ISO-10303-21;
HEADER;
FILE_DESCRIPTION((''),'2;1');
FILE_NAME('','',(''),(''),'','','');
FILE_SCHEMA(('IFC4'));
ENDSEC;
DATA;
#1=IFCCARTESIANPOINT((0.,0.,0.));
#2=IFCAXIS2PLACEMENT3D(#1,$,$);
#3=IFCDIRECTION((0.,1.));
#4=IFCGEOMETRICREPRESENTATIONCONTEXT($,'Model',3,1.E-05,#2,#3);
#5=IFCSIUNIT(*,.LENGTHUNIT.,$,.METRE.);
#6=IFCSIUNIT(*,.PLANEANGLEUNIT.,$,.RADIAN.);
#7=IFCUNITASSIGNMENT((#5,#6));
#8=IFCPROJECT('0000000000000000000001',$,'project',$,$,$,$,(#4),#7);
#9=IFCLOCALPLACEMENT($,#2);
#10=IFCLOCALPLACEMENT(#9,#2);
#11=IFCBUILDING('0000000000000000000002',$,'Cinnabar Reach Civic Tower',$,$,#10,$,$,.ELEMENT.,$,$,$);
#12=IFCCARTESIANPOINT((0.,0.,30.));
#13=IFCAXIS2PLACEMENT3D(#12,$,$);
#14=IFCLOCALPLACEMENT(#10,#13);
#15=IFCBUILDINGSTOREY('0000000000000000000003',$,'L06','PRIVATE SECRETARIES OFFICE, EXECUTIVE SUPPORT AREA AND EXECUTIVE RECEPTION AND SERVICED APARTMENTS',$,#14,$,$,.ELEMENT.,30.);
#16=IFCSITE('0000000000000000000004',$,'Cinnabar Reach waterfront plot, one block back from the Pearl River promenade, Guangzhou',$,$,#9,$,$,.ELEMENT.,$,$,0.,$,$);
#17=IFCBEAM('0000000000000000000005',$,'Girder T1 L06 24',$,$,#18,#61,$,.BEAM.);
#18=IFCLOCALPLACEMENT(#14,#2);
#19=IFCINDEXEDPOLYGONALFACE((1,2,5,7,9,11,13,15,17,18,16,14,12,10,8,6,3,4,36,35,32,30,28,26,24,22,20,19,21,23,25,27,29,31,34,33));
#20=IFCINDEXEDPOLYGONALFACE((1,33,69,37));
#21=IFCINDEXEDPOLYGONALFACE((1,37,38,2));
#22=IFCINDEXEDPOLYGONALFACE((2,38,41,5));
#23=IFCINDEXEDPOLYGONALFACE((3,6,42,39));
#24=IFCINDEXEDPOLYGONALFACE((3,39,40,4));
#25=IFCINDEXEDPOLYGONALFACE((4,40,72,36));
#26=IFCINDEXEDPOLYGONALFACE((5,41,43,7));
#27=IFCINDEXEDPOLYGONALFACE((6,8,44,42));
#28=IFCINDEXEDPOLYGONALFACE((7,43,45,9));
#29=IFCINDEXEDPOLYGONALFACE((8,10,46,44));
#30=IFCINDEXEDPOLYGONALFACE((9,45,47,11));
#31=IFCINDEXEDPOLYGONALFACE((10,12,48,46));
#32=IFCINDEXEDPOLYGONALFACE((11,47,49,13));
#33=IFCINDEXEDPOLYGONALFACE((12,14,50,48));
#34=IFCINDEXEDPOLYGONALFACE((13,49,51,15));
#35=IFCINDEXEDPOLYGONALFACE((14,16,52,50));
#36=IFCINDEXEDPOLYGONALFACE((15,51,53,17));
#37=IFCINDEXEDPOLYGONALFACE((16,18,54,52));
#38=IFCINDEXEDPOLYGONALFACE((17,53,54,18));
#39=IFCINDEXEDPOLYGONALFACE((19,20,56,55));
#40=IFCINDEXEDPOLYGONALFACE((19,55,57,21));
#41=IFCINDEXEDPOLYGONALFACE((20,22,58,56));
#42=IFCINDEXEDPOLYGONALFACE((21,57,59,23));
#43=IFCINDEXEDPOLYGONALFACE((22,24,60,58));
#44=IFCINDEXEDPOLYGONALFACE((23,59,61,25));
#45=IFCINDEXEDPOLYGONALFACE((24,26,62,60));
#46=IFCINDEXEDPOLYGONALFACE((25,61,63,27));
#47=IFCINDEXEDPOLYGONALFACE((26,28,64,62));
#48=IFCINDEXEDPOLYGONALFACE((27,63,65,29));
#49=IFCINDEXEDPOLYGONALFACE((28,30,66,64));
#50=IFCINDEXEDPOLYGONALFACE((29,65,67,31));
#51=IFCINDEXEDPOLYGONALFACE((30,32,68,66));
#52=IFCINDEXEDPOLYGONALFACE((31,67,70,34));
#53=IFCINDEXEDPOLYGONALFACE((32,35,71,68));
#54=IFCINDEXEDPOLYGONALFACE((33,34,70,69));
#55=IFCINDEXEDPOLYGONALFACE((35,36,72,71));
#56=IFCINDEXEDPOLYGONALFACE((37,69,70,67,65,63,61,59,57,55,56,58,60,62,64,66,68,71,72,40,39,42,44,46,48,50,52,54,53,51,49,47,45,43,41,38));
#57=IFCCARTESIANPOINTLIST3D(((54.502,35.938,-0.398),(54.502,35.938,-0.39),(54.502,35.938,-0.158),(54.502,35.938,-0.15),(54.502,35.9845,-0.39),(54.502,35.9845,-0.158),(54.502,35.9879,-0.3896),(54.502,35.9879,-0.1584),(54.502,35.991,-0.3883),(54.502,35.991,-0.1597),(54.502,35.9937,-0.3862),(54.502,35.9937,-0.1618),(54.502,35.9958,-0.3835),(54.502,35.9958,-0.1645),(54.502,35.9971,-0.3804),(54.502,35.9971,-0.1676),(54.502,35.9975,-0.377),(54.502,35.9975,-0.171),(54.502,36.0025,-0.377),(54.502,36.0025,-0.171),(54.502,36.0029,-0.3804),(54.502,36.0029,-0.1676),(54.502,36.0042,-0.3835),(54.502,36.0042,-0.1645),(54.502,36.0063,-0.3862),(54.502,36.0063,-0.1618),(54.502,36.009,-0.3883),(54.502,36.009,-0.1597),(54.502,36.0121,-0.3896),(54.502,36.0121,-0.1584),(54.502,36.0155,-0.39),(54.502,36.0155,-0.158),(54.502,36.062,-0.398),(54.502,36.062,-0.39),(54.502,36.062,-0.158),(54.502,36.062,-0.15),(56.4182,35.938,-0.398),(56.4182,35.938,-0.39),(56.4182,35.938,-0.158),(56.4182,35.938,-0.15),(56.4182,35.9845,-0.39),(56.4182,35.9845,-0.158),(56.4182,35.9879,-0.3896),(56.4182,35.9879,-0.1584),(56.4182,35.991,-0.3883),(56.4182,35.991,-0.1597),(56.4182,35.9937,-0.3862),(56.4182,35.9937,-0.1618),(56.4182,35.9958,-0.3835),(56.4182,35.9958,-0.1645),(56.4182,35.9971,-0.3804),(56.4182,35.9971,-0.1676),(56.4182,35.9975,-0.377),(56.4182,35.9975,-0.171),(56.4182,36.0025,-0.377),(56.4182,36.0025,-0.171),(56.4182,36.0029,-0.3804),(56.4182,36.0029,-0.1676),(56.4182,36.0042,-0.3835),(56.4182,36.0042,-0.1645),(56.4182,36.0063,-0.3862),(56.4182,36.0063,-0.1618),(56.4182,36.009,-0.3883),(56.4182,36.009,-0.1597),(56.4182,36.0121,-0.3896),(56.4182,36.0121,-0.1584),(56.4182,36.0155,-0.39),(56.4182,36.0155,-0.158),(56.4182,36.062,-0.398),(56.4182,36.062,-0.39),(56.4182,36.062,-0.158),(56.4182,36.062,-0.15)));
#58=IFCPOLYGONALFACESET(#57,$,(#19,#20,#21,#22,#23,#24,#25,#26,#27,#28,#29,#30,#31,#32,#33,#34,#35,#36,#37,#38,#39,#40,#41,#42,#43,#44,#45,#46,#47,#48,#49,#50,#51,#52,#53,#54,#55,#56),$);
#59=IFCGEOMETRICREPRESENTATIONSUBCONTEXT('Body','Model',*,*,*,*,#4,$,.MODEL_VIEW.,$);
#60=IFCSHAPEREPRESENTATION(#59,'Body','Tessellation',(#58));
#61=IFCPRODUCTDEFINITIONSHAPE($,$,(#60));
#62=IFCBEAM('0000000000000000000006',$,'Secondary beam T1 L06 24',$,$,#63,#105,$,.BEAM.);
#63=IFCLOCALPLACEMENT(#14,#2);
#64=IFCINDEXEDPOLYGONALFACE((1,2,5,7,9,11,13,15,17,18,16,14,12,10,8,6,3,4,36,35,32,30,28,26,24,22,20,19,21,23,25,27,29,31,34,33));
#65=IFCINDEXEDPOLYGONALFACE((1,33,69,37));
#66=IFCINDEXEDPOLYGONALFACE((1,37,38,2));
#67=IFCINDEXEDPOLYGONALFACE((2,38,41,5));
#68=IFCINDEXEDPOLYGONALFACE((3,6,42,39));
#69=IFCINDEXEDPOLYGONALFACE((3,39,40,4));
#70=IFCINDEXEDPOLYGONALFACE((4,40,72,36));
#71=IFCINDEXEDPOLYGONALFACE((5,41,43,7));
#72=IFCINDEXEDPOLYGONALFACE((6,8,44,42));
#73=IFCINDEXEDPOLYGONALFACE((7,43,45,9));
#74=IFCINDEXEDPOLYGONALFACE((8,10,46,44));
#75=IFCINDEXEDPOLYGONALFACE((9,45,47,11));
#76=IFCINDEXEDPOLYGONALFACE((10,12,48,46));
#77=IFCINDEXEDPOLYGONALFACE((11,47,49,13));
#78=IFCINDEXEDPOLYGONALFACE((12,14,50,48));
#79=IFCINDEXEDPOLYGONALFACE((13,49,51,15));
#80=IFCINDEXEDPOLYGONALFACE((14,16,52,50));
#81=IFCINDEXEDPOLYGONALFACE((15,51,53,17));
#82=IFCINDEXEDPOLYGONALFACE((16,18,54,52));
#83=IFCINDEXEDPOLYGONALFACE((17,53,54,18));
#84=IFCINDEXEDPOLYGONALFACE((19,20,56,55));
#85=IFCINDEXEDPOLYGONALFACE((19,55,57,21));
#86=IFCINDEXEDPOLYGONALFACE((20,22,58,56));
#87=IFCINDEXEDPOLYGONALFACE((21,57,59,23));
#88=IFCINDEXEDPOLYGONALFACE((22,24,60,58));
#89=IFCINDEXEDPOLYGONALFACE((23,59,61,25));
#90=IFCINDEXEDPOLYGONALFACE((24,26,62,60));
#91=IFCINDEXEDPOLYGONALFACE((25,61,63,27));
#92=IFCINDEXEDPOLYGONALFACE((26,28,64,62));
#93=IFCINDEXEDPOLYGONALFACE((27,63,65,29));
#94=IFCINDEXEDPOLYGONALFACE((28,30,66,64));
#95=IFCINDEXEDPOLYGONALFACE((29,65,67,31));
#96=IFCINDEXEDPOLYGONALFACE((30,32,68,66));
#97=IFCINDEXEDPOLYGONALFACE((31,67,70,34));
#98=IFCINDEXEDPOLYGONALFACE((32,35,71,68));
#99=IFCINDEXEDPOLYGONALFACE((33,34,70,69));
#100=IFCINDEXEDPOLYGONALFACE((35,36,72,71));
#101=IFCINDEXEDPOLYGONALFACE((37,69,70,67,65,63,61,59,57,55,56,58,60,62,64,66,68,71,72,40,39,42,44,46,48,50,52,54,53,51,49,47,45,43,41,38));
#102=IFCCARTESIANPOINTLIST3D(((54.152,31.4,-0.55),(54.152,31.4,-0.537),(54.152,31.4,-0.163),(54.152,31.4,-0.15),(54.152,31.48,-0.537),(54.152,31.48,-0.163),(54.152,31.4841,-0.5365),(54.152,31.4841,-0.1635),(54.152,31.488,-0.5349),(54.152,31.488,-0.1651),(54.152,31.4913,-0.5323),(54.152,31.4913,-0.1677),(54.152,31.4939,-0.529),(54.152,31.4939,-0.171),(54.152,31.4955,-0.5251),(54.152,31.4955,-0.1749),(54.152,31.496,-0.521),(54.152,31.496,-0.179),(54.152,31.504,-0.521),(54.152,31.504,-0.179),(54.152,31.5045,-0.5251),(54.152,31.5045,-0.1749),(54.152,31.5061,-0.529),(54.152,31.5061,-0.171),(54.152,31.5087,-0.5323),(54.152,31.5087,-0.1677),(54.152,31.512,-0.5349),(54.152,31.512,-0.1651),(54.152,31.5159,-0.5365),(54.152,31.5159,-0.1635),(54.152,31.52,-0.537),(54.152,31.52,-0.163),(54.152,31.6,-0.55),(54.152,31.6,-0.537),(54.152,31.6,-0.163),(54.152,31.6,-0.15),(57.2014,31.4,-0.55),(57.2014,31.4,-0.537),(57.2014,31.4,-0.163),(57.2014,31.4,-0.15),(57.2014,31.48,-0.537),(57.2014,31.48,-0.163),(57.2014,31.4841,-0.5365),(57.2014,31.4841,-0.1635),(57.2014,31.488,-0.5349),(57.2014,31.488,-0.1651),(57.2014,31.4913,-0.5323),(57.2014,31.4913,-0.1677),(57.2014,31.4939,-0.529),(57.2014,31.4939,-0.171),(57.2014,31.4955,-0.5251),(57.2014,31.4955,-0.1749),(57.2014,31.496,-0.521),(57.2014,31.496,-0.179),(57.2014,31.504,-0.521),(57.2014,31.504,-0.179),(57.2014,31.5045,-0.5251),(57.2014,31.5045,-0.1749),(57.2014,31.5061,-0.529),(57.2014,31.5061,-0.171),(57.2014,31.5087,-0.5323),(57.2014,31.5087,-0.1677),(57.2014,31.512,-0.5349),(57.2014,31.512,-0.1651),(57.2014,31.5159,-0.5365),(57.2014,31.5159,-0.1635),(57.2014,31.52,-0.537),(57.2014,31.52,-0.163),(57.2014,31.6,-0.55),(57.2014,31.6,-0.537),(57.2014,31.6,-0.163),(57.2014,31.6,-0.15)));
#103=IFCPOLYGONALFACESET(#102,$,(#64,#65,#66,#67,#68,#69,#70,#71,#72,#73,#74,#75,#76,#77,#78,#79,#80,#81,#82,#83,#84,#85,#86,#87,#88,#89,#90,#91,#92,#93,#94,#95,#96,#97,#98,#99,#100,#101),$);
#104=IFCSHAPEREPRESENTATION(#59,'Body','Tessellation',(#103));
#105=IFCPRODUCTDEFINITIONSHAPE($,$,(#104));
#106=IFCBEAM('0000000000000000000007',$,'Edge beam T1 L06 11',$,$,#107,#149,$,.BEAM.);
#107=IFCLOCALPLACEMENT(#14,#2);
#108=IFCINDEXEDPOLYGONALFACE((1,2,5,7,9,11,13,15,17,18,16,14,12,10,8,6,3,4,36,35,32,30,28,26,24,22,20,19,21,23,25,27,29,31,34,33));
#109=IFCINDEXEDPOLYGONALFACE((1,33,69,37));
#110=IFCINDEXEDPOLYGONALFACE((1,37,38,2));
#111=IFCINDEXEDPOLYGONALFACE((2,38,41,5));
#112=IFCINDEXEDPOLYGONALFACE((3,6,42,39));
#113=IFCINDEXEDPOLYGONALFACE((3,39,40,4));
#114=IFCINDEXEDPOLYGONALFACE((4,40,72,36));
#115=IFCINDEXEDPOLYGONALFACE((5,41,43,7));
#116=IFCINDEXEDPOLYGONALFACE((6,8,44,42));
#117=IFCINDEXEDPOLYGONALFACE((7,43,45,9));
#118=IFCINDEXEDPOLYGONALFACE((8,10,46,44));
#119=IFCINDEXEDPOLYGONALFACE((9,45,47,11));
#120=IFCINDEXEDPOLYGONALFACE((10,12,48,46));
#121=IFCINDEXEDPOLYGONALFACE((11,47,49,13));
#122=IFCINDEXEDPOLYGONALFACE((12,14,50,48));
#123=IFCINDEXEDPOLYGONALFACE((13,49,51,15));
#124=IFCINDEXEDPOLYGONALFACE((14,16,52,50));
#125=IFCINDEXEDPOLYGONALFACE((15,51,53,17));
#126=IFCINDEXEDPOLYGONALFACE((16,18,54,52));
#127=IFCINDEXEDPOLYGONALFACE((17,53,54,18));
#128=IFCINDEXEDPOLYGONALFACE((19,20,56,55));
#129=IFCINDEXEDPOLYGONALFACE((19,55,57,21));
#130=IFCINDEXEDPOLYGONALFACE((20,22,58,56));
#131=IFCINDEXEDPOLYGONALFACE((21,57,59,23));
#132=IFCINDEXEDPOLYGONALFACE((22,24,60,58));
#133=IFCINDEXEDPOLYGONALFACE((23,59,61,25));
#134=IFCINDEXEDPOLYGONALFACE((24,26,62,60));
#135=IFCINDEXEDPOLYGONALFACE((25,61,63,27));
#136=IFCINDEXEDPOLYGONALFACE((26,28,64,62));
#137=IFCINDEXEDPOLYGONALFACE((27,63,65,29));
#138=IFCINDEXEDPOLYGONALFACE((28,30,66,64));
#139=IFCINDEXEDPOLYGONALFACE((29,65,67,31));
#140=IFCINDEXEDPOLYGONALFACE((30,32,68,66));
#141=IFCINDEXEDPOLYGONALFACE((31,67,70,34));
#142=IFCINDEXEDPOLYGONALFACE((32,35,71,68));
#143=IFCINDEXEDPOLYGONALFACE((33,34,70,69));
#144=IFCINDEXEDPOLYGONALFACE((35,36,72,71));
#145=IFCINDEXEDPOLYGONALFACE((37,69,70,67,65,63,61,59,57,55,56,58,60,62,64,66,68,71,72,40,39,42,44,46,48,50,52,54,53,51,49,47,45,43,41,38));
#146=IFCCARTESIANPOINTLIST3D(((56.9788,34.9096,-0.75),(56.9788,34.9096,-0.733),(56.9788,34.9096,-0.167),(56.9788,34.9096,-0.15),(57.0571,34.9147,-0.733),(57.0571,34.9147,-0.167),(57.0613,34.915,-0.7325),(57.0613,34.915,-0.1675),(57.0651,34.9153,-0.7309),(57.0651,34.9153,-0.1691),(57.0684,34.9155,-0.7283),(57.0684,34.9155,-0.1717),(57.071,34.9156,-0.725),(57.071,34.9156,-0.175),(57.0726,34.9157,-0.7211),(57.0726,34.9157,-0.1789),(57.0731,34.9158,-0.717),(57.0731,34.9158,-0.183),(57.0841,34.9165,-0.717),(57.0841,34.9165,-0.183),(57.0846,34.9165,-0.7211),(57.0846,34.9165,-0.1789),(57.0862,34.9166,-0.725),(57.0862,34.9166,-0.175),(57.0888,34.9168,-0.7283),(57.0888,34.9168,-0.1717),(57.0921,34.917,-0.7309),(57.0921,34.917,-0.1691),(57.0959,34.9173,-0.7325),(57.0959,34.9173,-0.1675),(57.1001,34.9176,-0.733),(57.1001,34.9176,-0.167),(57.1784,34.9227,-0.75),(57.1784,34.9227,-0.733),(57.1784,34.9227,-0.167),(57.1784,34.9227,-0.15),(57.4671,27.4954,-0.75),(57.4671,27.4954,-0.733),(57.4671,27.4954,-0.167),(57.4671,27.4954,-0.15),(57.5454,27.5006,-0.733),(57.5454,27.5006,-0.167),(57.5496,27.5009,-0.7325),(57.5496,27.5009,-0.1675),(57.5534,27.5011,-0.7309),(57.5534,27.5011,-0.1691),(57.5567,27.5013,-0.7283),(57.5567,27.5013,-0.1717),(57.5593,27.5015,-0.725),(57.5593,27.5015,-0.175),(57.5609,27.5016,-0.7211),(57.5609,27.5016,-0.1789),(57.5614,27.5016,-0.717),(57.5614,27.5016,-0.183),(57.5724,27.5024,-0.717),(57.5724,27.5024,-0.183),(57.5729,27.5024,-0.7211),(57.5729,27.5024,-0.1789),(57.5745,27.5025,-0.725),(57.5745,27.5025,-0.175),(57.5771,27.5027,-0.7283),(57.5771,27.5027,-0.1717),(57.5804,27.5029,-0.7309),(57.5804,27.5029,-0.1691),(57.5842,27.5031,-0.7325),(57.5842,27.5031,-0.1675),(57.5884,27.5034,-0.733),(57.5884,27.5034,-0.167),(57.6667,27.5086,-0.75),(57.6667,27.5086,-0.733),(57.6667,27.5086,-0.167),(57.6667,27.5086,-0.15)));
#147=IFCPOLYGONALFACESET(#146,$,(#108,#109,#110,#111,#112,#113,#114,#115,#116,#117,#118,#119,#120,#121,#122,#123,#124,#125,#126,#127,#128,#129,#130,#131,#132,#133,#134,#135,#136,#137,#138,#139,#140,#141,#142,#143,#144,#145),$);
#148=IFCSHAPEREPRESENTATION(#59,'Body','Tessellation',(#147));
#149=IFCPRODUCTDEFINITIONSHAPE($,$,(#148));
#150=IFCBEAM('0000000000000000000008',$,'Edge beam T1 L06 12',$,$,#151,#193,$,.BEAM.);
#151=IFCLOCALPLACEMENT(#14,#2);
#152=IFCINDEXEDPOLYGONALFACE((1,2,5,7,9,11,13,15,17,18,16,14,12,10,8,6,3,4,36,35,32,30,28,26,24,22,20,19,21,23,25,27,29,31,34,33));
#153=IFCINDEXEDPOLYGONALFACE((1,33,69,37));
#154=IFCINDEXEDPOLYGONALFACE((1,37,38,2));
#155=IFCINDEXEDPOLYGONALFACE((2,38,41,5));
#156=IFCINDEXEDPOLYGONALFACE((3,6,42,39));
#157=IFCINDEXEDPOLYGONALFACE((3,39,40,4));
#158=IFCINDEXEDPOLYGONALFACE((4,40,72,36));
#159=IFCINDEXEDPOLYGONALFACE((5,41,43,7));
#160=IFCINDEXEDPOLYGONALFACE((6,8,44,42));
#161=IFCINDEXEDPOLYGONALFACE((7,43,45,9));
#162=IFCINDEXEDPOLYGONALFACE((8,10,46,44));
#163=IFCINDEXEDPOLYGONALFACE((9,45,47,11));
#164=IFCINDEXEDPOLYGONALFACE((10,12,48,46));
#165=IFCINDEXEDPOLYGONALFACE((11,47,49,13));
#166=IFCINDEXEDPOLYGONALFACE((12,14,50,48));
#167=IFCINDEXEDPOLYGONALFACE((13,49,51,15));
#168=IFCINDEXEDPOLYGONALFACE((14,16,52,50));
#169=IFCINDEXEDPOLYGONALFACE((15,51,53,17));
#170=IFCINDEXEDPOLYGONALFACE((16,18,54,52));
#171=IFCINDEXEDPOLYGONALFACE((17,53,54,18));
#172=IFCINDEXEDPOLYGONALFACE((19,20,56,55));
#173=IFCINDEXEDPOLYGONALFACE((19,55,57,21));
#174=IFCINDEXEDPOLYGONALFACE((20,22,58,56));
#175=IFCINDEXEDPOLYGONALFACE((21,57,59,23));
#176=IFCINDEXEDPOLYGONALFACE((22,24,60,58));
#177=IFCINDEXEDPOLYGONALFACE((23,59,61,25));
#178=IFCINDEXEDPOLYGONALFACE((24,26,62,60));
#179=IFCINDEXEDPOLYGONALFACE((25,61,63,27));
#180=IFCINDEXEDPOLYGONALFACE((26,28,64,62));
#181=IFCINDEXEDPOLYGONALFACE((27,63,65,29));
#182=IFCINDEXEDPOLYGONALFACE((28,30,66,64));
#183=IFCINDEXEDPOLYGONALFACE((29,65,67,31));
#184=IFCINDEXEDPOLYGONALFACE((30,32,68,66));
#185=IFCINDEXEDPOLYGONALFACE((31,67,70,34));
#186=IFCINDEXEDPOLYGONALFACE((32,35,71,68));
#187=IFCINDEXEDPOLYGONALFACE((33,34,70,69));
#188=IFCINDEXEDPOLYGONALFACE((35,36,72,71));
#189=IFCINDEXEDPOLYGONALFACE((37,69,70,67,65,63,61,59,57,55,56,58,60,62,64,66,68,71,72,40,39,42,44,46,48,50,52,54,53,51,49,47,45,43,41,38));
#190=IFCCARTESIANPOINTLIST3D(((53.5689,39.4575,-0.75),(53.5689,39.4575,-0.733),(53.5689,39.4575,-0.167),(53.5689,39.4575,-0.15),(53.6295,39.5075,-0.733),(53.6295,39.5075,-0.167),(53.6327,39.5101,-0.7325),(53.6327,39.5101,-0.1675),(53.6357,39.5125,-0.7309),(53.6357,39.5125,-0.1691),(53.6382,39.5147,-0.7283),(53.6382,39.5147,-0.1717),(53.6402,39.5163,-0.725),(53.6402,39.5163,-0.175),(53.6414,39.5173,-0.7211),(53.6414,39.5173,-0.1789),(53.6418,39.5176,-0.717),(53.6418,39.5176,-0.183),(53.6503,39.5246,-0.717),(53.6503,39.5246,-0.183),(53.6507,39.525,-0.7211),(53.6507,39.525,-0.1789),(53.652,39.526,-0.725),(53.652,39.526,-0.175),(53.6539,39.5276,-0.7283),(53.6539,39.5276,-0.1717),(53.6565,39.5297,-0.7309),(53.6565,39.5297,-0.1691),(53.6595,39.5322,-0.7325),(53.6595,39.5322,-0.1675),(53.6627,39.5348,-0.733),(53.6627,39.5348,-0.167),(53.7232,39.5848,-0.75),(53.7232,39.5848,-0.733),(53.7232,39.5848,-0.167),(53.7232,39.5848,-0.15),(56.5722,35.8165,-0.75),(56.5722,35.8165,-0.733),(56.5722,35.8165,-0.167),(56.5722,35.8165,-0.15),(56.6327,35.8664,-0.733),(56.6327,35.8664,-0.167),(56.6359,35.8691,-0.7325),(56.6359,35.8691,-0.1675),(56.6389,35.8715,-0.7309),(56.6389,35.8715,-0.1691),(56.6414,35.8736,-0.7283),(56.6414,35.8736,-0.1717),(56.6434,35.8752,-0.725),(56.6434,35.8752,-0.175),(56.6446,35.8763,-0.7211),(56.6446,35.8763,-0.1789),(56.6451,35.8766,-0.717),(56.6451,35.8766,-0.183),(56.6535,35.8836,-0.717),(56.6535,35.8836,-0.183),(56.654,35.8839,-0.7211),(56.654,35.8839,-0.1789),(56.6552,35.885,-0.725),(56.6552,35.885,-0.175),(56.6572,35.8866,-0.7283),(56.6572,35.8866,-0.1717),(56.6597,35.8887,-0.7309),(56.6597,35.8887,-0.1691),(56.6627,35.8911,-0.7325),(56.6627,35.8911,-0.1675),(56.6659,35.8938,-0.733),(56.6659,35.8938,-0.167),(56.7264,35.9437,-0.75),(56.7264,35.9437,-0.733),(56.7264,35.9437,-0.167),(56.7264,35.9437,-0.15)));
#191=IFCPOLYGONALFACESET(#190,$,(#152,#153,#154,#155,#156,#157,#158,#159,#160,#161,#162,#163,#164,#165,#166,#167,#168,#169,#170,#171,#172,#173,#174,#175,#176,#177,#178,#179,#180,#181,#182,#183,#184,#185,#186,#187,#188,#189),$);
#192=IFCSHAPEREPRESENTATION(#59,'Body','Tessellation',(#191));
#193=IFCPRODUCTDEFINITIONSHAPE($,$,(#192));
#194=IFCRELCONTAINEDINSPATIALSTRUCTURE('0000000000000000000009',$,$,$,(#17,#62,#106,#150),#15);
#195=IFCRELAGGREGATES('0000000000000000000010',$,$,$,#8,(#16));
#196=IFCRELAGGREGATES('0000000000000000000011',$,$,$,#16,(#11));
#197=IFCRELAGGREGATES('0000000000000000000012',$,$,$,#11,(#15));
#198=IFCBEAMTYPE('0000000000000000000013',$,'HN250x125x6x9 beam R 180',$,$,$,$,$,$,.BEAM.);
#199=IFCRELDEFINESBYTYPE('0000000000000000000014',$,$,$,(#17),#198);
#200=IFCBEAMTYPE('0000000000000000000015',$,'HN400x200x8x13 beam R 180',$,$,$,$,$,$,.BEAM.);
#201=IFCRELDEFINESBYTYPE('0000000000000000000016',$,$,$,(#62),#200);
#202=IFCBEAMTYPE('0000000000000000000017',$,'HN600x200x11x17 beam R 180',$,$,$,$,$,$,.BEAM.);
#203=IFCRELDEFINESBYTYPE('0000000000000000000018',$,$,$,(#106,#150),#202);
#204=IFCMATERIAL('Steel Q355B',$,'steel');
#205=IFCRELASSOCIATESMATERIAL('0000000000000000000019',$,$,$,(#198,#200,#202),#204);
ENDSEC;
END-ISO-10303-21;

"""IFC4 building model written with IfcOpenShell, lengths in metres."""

from ifc_helpers import new_model, si_unit, direction, frame, origin, origin_2d, place, context, subcontext, project, spatial, i_section, extrude, material, material_profile, profile_set, type_object, element, save


model = new_model("IFC4")

# Units and contexts
model_context = context("Model", 3, precision=1e-05, world=origin(), true_north=direction((0.0, 1.0)))
body_context = subcontext(model_context, "Body", "Model", "MODEL_VIEW")
ifc_project = project(units=[si_unit("LENGTHUNIT", "METRE"), si_unit("PLANEANGLEUNIT", "RADIAN")], contexts=[model_context])

# Site, building, storey
site_placement = place(None, origin())
site = spatial("IfcSite", under=ifc_project, at=site_placement, Name="Cinnabar Reach waterfront plot, one block back from the Pearl River promenade, Guangzhou", CompositionType="ELEMENT", RefElevation=0.0)
building_placement = place(site_placement, origin())
building = spatial("IfcBuilding", under=site, at=building_placement, Name="Cinnabar Reach Civic Tower", CompositionType="ELEMENT")
storey_placement = place(building_placement, frame((0.0, 0.0, 30.0)))
storey = spatial("IfcBuildingStorey", under=building, at=storey_placement, Name="L06", Description="PRIVATE SECRETARIES OFFICE, EXECUTIVE SUPPORT AREA AND EXECUTIVE RECEPTION AND SERVICED APARTMENTS", CompositionType="ELEMENT", Elevation=30.0)

# Beams
ifc_material_1 = material(Name="Steel Q355B", Category="steel")
ifc_material_profile_1 = material_profile(ifc_material_1, i_section(OverallWidth=0.124, OverallDepth=0.248, WebThickness=0.005, FlangeThickness=0.008, FilletRadius=0.013, at=origin_2d()), Name="HN250x125x6x9")
ifc_profile_set_1 = profile_set([ifc_material_profile_1], Name="Steel Q355B")
beam_type_1 = type_object("IfcBeamType", Name="HN250x125x6x9 beam R 180", PredefinedType="BEAM", material=ifc_profile_set_1)
beam_1_placement = place(storey_placement, frame((54.502, 36.0, -0.274), z_axis=(1.0, 0.0, 0.0), x_axis=(0.0, 1.0, 0.0)))
element("IfcBeam", 1, at=beam_1_placement, inside=storey, type_object=beam_type_1, Name="Girder T1 L06 24", PredefinedType="BEAM", context=body_context, shape_type="SweptSolid", body=[
    extrude(i_section(OverallWidth=0.124, OverallDepth=0.248, WebThickness=0.005, FlangeThickness=0.008, FilletRadius=0.013, at=origin_2d()), origin(), (0.0, 0.0, 1.0), 1.9162),
])
ifc_material_profile_2 = material_profile(ifc_material_1, i_section(OverallWidth=0.2, OverallDepth=0.4, WebThickness=0.008, FlangeThickness=0.013, FilletRadius=0.016, at=origin_2d()), Name="HN400x200x8x13")
ifc_profile_set_2 = profile_set([ifc_material_profile_2], Name="Steel Q355B")
beam_type_2 = type_object("IfcBeamType", Name="HN400x200x8x13 beam R 180", PredefinedType="BEAM", material=ifc_profile_set_2)
beam_2_placement = place(storey_placement, frame((54.152, 31.5, -0.35), z_axis=(1.0, 0.0, 0.0), x_axis=(0.0, 1.0, 0.0)))
element("IfcBeam", 2, at=beam_2_placement, inside=storey, type_object=beam_type_2, Name="Secondary beam T1 L06 24", PredefinedType="BEAM", context=body_context, shape_type="SweptSolid", body=[
    extrude(i_section(OverallWidth=0.2, OverallDepth=0.4, WebThickness=0.008, FlangeThickness=0.013, FilletRadius=0.016, at=origin_2d()), origin(), (0.0, 0.0, 1.0), 3.0494),
])
ifc_material_profile_3 = material_profile(ifc_material_1, i_section(OverallWidth=0.2, OverallDepth=0.6, WebThickness=0.011, FlangeThickness=0.017, FilletRadius=0.016, at=origin_2d()), Name="HN600x200x11x17")
ifc_profile_set_3 = profile_set([ifc_material_profile_3], Name="Steel Q355B")
beam_type_3 = type_object("IfcBeamType", Name="HN600x200x11x17 beam R 180", PredefinedType="BEAM", material=ifc_profile_set_3)
beam_3_placement = place(storey_placement, frame((57.5669, 27.502, -0.45), z_axis=(-0.065719, 0.997838, 0.0), x_axis=(-0.997838, -0.065719, 0.0)))
element("IfcBeam", 3, at=beam_3_placement, inside=storey, type_object=beam_type_3, Name="Edge beam T1 L06 11", PredefinedType="BEAM", context=body_context, shape_type="SweptSolid", body=[
    extrude(i_section(OverallWidth=0.2, OverallDepth=0.6, WebThickness=0.011, FlangeThickness=0.017, FilletRadius=0.016, at=origin_2d()), origin(), (0.0, 0.0, 1.0), 7.4302),
])
for number, where, z_axis, x_axis, name in (
    (4, (56.6493, 35.8801, -0.45), (-0.636304, 0.771438, 0.0), (-0.771438, -0.636304, 0.0), "Edge beam T1 L06 12"),
):
    element("IfcBeam", number, at=place(storey_placement, frame(where, z_axis=z_axis, x_axis=x_axis)), inside=storey, type_object=beam_type_3, Name=name, PredefinedType="BEAM", context=body_context, shape_type="SweptSolid", body=[
        extrude(i_section(OverallWidth=0.2, OverallDepth=0.6, WebThickness=0.011, FlangeThickness=0.017, FilletRadius=0.016, at=origin_2d()), origin(), (0.0, 0.0, 1.0), 4.7198),
    ])

save(model, "model.ifc")
